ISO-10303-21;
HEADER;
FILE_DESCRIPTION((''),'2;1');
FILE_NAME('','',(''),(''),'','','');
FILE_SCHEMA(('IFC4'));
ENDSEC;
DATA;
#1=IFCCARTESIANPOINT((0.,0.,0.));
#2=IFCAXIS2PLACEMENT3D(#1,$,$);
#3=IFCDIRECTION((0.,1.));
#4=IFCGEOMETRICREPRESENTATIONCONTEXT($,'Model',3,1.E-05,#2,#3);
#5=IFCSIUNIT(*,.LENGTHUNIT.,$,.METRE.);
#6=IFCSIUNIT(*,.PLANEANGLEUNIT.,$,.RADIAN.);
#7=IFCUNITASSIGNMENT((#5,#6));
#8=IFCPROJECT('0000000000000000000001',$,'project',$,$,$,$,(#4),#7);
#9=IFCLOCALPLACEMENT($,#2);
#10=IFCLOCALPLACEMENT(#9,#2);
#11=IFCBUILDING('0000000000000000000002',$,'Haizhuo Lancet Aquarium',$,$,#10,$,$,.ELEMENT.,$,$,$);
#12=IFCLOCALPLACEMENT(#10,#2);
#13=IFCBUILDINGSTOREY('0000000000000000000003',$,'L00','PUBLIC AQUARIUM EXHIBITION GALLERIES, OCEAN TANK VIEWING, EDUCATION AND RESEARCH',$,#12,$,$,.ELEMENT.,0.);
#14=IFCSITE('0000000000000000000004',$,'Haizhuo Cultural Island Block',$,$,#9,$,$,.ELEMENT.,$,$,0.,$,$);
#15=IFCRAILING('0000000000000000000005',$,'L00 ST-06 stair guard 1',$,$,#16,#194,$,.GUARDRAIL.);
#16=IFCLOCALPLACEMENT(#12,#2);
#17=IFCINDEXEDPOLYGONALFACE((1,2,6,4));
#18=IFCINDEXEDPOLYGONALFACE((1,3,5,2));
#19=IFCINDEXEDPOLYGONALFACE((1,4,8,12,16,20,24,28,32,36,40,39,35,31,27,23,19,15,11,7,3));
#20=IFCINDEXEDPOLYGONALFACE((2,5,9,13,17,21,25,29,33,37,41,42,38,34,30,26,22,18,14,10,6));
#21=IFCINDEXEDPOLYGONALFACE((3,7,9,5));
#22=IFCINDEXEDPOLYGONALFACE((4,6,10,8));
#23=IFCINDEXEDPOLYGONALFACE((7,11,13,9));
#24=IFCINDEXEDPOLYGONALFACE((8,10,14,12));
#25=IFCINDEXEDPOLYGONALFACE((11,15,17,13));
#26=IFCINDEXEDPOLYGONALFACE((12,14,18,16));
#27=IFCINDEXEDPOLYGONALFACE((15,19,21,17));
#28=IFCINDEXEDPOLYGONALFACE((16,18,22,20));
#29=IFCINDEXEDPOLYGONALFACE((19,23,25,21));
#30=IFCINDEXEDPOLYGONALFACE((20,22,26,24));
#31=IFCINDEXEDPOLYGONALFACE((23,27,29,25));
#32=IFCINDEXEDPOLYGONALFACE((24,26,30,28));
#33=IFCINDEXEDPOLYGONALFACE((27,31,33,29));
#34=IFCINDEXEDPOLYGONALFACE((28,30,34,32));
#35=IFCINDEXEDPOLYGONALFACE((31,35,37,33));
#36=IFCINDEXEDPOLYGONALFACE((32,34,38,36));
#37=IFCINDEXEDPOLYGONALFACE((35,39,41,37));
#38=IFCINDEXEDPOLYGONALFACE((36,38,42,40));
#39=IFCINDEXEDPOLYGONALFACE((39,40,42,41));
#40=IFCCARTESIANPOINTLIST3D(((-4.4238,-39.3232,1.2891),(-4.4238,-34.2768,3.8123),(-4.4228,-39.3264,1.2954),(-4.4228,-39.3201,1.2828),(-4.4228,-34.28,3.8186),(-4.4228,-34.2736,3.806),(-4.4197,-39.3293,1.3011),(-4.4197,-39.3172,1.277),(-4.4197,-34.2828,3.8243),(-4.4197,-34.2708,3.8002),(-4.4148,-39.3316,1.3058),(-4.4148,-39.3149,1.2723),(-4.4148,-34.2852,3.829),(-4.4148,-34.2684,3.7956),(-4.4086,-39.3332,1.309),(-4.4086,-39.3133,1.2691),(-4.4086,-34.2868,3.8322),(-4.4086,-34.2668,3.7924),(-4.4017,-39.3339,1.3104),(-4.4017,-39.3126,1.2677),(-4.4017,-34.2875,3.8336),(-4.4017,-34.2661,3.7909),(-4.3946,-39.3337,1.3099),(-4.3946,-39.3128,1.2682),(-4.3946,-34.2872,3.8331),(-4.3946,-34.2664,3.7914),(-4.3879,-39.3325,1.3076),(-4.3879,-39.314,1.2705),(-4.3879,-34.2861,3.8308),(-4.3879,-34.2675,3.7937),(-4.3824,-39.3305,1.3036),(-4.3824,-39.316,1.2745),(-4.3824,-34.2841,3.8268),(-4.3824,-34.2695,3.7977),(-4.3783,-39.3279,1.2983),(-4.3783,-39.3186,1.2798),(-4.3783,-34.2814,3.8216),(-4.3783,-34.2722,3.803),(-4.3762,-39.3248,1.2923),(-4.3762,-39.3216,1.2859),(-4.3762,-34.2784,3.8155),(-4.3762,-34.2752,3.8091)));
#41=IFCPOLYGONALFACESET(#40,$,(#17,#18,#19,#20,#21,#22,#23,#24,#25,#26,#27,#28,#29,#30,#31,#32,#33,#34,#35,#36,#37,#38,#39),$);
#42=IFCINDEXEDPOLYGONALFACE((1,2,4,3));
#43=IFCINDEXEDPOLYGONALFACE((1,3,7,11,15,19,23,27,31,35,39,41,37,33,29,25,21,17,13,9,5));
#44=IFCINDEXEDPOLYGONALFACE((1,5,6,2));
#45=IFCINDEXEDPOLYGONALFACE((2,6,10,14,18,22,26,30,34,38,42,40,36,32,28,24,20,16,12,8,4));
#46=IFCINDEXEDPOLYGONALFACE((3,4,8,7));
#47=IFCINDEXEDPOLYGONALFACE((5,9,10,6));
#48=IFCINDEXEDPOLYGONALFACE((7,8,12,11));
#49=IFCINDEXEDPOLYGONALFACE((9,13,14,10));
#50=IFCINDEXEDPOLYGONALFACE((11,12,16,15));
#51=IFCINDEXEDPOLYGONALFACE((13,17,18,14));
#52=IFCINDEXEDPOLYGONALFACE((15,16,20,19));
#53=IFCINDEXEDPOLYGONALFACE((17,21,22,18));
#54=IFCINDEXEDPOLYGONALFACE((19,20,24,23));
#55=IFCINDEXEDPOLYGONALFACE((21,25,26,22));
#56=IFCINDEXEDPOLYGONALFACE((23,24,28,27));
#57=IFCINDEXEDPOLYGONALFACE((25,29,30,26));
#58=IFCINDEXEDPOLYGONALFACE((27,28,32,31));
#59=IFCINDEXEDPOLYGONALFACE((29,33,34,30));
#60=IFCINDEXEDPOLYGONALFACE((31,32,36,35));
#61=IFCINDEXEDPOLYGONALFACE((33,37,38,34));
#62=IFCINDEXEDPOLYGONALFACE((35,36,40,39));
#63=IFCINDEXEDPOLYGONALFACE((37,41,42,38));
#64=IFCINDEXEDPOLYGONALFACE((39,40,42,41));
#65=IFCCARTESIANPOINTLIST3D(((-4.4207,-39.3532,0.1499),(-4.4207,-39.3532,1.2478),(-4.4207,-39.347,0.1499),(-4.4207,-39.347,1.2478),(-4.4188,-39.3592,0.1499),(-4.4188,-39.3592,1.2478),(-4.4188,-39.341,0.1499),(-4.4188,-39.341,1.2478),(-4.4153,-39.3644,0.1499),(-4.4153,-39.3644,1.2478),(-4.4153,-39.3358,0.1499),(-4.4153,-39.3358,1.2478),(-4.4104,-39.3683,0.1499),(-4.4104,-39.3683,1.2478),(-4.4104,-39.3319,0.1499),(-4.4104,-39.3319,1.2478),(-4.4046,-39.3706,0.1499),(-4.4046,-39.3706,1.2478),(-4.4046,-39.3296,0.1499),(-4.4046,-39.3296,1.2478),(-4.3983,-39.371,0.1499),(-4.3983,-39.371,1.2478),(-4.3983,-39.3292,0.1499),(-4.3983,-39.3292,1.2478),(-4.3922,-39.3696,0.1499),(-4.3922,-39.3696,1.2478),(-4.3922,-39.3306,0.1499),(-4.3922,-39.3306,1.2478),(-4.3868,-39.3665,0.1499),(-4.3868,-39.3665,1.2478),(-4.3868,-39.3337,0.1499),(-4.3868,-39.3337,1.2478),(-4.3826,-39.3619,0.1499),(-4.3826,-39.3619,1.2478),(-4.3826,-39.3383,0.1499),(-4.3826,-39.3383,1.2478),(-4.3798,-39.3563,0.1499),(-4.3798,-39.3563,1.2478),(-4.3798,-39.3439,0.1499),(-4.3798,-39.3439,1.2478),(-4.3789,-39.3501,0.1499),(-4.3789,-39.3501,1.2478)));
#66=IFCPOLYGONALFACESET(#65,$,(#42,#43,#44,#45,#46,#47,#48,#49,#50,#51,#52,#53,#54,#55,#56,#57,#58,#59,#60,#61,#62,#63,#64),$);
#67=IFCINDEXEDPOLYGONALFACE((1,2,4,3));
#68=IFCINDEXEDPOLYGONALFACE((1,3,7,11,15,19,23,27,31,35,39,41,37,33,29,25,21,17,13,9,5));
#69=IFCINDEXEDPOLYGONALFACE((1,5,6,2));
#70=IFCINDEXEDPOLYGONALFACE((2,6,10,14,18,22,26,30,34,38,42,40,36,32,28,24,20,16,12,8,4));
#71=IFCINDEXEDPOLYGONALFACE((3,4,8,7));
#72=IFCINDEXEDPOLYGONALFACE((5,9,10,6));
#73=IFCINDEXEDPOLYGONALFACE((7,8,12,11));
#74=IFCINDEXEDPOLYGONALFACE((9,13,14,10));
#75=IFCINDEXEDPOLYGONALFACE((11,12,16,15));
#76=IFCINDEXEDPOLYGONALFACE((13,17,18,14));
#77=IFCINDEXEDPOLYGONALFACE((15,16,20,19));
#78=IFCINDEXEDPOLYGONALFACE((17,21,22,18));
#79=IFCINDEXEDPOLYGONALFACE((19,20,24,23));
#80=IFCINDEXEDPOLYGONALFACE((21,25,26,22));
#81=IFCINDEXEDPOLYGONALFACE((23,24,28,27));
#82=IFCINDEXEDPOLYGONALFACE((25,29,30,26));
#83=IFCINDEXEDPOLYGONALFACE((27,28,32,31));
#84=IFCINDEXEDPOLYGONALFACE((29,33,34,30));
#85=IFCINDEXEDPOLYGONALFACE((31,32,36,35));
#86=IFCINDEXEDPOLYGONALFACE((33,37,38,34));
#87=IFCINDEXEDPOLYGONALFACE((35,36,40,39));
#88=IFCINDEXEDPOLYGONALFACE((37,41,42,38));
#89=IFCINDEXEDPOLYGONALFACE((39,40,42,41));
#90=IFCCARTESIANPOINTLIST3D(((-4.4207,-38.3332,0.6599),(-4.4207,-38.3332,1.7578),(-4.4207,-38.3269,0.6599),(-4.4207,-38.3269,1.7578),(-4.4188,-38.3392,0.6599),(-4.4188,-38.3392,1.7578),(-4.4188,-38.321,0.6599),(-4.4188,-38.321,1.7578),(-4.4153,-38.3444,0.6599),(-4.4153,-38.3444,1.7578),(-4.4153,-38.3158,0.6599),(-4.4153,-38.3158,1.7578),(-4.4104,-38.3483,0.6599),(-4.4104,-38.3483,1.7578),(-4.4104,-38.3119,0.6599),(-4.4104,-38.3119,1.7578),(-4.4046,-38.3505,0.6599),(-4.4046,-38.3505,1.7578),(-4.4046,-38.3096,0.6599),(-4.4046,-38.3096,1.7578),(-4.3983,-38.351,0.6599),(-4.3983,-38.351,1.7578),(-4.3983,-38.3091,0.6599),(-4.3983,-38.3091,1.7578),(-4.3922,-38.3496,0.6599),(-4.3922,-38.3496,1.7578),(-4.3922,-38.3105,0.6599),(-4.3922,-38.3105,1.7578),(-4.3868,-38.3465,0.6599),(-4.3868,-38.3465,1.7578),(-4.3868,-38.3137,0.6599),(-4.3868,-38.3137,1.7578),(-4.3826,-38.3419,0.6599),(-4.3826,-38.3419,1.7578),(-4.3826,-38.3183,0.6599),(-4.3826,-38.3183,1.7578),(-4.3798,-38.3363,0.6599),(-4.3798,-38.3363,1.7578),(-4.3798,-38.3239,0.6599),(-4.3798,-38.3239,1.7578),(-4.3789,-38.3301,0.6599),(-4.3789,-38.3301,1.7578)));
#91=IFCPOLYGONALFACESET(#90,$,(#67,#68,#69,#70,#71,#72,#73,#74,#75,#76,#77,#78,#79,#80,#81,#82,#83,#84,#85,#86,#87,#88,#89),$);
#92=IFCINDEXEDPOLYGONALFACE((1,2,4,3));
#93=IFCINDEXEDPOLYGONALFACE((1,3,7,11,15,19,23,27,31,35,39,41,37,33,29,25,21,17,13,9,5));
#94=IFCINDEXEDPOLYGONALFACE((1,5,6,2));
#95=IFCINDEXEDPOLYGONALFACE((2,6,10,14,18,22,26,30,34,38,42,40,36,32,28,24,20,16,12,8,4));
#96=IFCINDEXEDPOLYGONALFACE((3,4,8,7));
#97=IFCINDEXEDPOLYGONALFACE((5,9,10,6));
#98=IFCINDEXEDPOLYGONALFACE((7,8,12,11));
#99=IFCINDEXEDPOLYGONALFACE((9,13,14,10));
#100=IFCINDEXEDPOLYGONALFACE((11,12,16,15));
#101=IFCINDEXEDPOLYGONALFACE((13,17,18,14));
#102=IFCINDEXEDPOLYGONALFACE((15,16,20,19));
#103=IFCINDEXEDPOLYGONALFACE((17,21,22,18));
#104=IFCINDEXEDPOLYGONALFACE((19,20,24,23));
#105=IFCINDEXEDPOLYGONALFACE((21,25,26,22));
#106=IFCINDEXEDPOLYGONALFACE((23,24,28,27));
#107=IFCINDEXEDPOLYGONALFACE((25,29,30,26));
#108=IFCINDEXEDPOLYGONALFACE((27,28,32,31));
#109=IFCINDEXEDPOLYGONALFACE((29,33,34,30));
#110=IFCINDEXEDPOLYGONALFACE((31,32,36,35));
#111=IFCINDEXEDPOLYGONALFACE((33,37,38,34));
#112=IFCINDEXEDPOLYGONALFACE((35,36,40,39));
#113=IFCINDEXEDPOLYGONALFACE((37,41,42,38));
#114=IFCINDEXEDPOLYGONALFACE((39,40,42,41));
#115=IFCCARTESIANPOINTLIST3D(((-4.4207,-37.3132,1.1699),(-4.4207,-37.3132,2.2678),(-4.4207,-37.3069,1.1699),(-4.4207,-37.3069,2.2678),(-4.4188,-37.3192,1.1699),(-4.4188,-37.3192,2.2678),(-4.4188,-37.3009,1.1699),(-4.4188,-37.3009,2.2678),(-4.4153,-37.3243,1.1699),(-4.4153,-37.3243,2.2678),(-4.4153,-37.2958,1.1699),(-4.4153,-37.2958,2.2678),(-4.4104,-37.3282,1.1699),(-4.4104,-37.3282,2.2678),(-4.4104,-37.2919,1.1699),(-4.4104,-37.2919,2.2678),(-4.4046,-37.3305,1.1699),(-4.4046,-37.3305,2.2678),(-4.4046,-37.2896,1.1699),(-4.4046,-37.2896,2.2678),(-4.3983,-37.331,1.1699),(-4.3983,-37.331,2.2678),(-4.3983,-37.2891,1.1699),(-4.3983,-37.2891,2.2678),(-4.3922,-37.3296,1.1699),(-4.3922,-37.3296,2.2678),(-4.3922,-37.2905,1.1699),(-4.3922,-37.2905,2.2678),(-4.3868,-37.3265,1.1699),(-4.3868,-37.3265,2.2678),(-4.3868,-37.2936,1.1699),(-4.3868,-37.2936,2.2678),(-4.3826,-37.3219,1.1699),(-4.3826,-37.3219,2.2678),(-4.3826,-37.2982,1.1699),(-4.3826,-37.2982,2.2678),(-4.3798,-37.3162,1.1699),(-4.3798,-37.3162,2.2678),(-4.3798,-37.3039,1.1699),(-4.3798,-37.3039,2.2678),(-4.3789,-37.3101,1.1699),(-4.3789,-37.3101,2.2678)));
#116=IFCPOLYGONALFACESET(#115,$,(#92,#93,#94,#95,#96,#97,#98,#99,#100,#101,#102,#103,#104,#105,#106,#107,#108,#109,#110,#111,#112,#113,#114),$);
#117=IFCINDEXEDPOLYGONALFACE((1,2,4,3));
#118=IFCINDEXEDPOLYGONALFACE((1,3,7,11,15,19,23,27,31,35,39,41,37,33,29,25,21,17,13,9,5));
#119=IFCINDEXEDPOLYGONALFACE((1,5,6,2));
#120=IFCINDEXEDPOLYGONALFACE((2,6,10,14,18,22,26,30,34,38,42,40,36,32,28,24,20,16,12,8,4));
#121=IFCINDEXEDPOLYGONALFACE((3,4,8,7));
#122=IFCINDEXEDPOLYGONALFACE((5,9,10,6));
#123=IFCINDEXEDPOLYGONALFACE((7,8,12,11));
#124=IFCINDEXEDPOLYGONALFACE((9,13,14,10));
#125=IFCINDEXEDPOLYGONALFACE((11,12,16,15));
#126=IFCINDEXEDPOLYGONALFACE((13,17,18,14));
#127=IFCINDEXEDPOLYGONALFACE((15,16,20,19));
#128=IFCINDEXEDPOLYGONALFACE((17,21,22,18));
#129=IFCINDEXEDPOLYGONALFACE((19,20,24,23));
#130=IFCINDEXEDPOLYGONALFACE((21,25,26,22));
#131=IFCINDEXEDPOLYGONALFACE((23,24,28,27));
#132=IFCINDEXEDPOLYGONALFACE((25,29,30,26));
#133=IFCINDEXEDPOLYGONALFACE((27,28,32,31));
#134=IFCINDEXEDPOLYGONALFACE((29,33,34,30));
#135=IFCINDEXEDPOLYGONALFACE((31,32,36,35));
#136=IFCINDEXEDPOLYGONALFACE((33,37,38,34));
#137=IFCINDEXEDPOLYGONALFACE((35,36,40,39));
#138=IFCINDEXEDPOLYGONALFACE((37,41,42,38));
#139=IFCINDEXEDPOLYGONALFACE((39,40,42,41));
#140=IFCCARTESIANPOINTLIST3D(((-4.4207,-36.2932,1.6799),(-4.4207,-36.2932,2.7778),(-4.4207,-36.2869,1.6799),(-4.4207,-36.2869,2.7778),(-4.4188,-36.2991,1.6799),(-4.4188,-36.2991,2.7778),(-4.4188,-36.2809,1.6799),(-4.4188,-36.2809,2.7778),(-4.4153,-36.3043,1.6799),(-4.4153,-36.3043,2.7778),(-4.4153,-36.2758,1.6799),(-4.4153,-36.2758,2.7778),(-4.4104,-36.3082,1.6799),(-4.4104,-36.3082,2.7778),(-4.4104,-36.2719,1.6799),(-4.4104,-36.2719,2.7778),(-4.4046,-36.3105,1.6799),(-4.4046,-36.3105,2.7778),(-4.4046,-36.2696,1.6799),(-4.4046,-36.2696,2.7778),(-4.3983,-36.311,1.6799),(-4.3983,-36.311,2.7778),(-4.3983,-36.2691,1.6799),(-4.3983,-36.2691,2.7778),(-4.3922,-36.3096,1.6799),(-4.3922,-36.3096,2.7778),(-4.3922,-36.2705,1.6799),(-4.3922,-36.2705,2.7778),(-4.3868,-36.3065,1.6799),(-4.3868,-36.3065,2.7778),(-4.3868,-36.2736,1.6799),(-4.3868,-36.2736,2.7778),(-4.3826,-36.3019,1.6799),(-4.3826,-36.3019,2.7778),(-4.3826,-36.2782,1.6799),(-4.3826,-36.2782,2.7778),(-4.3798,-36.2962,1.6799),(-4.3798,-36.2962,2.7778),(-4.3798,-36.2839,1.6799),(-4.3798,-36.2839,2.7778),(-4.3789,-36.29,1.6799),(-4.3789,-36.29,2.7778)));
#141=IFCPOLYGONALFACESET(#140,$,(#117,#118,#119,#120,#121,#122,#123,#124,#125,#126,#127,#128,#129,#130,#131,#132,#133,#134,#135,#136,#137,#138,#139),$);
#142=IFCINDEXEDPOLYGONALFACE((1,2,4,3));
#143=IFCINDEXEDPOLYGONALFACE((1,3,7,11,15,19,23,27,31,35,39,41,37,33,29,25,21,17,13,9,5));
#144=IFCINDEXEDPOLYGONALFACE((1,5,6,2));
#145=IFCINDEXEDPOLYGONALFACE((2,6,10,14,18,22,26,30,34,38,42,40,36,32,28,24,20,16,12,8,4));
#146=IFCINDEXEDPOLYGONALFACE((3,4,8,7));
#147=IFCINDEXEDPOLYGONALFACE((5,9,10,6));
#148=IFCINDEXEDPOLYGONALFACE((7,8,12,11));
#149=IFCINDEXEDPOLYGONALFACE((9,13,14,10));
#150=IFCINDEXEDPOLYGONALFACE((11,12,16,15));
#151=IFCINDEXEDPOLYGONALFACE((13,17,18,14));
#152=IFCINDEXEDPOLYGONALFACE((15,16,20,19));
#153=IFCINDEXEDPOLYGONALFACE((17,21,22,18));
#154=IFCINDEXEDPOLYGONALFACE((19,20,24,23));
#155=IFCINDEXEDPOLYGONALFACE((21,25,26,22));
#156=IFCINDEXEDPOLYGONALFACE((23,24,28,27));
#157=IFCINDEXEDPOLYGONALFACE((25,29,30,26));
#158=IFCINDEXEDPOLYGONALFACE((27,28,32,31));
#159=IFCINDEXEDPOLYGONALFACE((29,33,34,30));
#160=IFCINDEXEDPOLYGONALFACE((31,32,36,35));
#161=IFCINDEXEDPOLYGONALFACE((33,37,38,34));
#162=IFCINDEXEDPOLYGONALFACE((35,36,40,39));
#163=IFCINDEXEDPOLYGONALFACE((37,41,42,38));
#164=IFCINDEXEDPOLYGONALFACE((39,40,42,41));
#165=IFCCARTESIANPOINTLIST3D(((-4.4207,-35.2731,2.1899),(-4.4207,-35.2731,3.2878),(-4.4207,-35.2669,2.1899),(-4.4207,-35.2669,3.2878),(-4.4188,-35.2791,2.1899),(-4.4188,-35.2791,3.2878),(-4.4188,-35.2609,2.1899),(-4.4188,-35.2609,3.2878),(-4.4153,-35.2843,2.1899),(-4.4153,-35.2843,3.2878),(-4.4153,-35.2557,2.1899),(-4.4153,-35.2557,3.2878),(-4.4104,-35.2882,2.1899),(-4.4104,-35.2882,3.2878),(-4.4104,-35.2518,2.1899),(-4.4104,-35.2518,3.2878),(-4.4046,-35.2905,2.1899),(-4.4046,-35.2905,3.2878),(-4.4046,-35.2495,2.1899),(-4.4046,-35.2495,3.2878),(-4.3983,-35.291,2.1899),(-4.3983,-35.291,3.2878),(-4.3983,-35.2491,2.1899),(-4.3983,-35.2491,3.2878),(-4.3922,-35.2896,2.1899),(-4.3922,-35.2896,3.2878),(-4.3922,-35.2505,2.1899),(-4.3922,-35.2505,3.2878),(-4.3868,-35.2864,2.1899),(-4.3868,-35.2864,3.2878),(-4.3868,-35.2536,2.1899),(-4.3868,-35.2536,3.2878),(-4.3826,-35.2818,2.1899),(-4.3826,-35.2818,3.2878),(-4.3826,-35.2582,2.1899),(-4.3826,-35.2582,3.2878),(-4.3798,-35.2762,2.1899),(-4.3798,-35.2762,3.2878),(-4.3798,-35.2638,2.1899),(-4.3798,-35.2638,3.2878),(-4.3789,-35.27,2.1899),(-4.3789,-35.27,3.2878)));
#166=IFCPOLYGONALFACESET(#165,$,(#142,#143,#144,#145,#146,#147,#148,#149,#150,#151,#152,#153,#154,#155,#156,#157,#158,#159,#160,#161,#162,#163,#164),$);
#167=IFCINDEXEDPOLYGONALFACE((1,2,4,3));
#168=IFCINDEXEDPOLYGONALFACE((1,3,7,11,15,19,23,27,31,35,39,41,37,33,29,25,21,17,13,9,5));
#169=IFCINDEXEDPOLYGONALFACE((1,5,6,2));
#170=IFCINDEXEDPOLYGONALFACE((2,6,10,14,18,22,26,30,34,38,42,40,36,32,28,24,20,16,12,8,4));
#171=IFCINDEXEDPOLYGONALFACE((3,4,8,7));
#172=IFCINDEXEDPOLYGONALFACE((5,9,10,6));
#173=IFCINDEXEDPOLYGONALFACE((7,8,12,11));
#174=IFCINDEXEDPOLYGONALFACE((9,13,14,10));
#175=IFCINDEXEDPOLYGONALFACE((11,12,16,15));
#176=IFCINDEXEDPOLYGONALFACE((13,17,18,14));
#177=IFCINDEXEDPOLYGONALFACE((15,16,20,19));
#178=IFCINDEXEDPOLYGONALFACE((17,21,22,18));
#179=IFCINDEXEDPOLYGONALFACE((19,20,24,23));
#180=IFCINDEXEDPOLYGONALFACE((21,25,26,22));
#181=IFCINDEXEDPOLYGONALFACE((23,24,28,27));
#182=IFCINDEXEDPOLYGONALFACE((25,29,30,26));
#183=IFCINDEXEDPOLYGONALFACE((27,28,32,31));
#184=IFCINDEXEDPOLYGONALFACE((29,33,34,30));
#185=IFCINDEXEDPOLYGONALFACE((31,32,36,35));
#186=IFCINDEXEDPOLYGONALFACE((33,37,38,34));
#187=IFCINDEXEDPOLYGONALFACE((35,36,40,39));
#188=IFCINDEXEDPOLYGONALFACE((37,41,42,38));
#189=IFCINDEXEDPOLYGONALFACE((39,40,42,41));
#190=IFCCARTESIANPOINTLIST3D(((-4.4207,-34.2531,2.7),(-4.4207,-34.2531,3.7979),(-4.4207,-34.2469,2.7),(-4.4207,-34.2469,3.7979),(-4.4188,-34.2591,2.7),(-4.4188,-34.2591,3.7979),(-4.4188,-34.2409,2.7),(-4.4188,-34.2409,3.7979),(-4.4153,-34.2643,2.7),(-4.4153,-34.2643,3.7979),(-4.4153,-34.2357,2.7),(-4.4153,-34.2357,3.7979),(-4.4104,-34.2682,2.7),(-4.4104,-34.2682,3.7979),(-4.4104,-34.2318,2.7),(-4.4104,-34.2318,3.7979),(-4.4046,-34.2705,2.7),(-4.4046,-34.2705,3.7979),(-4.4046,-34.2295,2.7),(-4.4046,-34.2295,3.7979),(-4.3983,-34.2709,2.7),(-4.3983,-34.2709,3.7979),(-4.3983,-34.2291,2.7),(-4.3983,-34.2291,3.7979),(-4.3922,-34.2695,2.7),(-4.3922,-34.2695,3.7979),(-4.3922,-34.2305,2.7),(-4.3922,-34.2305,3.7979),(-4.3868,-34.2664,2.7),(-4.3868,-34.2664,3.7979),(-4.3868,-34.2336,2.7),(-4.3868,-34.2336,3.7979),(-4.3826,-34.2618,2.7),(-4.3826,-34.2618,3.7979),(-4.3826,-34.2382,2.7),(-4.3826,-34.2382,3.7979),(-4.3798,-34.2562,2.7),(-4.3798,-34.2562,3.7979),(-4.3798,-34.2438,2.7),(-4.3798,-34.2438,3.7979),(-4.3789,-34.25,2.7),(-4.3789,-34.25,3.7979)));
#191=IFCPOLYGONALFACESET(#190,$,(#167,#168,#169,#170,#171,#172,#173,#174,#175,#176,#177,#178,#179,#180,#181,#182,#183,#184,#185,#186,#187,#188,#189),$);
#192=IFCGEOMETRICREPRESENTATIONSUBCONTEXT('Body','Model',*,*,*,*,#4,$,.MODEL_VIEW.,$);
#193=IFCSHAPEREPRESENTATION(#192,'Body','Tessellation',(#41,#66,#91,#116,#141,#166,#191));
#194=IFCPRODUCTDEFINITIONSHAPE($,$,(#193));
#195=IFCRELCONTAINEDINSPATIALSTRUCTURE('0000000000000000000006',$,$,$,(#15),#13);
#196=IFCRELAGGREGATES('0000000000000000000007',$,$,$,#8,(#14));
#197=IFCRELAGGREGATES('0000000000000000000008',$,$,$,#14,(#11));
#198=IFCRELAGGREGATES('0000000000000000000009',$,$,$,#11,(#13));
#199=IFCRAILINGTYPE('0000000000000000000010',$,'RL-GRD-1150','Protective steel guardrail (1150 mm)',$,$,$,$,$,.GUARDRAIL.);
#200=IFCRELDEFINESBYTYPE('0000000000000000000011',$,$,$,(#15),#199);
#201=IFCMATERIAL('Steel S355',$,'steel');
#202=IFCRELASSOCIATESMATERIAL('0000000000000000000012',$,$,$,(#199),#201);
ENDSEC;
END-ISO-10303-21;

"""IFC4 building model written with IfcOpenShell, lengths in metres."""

from ifc_helpers import new_model, si_unit, direction, frame, origin, origin_2d, place, context, subcontext, project, spatial, circle, extrude, material, type_object, element, save


model = new_model("IFC4")

# Units and contexts
model_context = context("Model", 3, precision=1e-05, world=origin(), true_north=direction((0.0, 1.0)))
body_context = subcontext(model_context, "Body", "Model", "MODEL_VIEW")
ifc_project = project(units=[si_unit("LENGTHUNIT", "METRE"), si_unit("PLANEANGLEUNIT", "RADIAN")], contexts=[model_context])

# Site, building, storey
site_placement = place(None, origin())
site = spatial("IfcSite", under=ifc_project, at=site_placement, Name="Haizhuo Cultural Island Block", CompositionType="ELEMENT", RefElevation=0.0)
building_placement = place(site_placement, origin())
building = spatial("IfcBuilding", under=site, at=building_placement, Name="Haizhuo Lancet Aquarium", CompositionType="ELEMENT")
storey_placement = place(building_placement, origin())
storey = spatial("IfcBuildingStorey", under=building, at=storey_placement, Name="L00", Description="PUBLIC AQUARIUM EXHIBITION GALLERIES, OCEAN TANK VIEWING, EDUCATION AND RESEARCH", CompositionType="ELEMENT", Elevation=0.0)

# Shared definitions
ifc_material_1 = material(Name="Steel S355", Category="steel")

# Railing
railing_type_1 = type_object("IfcRailingType", Name="RL-GRD-1150", Description="Protective steel guardrail (1150 mm)", PredefinedType="GUARDRAIL", material=ifc_material_1)
railing_1_placement = place(storey_placement, frame((-4.3999, -39.3501, 0.1499)))
element("IfcRailing", 1, at=railing_1_placement, inside=storey, type_object=railing_type_1, Name="L00 ST-06 stair guard 1", PredefinedType="GUARDRAIL", context=body_context, shape_type="SweptSolid", body=[
    extrude(circle(Radius=0.0239, at=origin_2d()), frame((0.0, 0.0269, 1.1392), z_axis=(0.0, 0.894427, 0.447214), x_axis=(-1.0, 0.0, 0.0)), (0.0, 0.0, 1.0), 5.6421),
    extrude(circle(Radius=0.021, at=origin_2d()), origin(), (0.0, 0.0, 1.0), 1.0979),
    extrude(circle(Radius=0.021, at=origin_2d()), frame((0.0, 1.02, 0.51)), (0.0, 0.0, 1.0), 1.0979),
    extrude(circle(Radius=0.021, at=origin_2d()), frame((0.0, 2.04, 1.02)), (0.0, 0.0, 1.0), 1.0979),
    extrude(circle(Radius=0.021, at=origin_2d()), frame((0.0, 3.0601, 1.53)), (0.0, 0.0, 1.0), 1.0979),
    extrude(circle(Radius=0.021, at=origin_2d()), frame((0.0, 4.0801, 2.04)), (0.0, 0.0, 1.0), 1.0979),
    extrude(circle(Radius=0.021, at=origin_2d()), frame((0.0, 5.1001, 2.55)), (0.0, 0.0, 1.0), 1.0979),
])

save(model, "model.ifc")
